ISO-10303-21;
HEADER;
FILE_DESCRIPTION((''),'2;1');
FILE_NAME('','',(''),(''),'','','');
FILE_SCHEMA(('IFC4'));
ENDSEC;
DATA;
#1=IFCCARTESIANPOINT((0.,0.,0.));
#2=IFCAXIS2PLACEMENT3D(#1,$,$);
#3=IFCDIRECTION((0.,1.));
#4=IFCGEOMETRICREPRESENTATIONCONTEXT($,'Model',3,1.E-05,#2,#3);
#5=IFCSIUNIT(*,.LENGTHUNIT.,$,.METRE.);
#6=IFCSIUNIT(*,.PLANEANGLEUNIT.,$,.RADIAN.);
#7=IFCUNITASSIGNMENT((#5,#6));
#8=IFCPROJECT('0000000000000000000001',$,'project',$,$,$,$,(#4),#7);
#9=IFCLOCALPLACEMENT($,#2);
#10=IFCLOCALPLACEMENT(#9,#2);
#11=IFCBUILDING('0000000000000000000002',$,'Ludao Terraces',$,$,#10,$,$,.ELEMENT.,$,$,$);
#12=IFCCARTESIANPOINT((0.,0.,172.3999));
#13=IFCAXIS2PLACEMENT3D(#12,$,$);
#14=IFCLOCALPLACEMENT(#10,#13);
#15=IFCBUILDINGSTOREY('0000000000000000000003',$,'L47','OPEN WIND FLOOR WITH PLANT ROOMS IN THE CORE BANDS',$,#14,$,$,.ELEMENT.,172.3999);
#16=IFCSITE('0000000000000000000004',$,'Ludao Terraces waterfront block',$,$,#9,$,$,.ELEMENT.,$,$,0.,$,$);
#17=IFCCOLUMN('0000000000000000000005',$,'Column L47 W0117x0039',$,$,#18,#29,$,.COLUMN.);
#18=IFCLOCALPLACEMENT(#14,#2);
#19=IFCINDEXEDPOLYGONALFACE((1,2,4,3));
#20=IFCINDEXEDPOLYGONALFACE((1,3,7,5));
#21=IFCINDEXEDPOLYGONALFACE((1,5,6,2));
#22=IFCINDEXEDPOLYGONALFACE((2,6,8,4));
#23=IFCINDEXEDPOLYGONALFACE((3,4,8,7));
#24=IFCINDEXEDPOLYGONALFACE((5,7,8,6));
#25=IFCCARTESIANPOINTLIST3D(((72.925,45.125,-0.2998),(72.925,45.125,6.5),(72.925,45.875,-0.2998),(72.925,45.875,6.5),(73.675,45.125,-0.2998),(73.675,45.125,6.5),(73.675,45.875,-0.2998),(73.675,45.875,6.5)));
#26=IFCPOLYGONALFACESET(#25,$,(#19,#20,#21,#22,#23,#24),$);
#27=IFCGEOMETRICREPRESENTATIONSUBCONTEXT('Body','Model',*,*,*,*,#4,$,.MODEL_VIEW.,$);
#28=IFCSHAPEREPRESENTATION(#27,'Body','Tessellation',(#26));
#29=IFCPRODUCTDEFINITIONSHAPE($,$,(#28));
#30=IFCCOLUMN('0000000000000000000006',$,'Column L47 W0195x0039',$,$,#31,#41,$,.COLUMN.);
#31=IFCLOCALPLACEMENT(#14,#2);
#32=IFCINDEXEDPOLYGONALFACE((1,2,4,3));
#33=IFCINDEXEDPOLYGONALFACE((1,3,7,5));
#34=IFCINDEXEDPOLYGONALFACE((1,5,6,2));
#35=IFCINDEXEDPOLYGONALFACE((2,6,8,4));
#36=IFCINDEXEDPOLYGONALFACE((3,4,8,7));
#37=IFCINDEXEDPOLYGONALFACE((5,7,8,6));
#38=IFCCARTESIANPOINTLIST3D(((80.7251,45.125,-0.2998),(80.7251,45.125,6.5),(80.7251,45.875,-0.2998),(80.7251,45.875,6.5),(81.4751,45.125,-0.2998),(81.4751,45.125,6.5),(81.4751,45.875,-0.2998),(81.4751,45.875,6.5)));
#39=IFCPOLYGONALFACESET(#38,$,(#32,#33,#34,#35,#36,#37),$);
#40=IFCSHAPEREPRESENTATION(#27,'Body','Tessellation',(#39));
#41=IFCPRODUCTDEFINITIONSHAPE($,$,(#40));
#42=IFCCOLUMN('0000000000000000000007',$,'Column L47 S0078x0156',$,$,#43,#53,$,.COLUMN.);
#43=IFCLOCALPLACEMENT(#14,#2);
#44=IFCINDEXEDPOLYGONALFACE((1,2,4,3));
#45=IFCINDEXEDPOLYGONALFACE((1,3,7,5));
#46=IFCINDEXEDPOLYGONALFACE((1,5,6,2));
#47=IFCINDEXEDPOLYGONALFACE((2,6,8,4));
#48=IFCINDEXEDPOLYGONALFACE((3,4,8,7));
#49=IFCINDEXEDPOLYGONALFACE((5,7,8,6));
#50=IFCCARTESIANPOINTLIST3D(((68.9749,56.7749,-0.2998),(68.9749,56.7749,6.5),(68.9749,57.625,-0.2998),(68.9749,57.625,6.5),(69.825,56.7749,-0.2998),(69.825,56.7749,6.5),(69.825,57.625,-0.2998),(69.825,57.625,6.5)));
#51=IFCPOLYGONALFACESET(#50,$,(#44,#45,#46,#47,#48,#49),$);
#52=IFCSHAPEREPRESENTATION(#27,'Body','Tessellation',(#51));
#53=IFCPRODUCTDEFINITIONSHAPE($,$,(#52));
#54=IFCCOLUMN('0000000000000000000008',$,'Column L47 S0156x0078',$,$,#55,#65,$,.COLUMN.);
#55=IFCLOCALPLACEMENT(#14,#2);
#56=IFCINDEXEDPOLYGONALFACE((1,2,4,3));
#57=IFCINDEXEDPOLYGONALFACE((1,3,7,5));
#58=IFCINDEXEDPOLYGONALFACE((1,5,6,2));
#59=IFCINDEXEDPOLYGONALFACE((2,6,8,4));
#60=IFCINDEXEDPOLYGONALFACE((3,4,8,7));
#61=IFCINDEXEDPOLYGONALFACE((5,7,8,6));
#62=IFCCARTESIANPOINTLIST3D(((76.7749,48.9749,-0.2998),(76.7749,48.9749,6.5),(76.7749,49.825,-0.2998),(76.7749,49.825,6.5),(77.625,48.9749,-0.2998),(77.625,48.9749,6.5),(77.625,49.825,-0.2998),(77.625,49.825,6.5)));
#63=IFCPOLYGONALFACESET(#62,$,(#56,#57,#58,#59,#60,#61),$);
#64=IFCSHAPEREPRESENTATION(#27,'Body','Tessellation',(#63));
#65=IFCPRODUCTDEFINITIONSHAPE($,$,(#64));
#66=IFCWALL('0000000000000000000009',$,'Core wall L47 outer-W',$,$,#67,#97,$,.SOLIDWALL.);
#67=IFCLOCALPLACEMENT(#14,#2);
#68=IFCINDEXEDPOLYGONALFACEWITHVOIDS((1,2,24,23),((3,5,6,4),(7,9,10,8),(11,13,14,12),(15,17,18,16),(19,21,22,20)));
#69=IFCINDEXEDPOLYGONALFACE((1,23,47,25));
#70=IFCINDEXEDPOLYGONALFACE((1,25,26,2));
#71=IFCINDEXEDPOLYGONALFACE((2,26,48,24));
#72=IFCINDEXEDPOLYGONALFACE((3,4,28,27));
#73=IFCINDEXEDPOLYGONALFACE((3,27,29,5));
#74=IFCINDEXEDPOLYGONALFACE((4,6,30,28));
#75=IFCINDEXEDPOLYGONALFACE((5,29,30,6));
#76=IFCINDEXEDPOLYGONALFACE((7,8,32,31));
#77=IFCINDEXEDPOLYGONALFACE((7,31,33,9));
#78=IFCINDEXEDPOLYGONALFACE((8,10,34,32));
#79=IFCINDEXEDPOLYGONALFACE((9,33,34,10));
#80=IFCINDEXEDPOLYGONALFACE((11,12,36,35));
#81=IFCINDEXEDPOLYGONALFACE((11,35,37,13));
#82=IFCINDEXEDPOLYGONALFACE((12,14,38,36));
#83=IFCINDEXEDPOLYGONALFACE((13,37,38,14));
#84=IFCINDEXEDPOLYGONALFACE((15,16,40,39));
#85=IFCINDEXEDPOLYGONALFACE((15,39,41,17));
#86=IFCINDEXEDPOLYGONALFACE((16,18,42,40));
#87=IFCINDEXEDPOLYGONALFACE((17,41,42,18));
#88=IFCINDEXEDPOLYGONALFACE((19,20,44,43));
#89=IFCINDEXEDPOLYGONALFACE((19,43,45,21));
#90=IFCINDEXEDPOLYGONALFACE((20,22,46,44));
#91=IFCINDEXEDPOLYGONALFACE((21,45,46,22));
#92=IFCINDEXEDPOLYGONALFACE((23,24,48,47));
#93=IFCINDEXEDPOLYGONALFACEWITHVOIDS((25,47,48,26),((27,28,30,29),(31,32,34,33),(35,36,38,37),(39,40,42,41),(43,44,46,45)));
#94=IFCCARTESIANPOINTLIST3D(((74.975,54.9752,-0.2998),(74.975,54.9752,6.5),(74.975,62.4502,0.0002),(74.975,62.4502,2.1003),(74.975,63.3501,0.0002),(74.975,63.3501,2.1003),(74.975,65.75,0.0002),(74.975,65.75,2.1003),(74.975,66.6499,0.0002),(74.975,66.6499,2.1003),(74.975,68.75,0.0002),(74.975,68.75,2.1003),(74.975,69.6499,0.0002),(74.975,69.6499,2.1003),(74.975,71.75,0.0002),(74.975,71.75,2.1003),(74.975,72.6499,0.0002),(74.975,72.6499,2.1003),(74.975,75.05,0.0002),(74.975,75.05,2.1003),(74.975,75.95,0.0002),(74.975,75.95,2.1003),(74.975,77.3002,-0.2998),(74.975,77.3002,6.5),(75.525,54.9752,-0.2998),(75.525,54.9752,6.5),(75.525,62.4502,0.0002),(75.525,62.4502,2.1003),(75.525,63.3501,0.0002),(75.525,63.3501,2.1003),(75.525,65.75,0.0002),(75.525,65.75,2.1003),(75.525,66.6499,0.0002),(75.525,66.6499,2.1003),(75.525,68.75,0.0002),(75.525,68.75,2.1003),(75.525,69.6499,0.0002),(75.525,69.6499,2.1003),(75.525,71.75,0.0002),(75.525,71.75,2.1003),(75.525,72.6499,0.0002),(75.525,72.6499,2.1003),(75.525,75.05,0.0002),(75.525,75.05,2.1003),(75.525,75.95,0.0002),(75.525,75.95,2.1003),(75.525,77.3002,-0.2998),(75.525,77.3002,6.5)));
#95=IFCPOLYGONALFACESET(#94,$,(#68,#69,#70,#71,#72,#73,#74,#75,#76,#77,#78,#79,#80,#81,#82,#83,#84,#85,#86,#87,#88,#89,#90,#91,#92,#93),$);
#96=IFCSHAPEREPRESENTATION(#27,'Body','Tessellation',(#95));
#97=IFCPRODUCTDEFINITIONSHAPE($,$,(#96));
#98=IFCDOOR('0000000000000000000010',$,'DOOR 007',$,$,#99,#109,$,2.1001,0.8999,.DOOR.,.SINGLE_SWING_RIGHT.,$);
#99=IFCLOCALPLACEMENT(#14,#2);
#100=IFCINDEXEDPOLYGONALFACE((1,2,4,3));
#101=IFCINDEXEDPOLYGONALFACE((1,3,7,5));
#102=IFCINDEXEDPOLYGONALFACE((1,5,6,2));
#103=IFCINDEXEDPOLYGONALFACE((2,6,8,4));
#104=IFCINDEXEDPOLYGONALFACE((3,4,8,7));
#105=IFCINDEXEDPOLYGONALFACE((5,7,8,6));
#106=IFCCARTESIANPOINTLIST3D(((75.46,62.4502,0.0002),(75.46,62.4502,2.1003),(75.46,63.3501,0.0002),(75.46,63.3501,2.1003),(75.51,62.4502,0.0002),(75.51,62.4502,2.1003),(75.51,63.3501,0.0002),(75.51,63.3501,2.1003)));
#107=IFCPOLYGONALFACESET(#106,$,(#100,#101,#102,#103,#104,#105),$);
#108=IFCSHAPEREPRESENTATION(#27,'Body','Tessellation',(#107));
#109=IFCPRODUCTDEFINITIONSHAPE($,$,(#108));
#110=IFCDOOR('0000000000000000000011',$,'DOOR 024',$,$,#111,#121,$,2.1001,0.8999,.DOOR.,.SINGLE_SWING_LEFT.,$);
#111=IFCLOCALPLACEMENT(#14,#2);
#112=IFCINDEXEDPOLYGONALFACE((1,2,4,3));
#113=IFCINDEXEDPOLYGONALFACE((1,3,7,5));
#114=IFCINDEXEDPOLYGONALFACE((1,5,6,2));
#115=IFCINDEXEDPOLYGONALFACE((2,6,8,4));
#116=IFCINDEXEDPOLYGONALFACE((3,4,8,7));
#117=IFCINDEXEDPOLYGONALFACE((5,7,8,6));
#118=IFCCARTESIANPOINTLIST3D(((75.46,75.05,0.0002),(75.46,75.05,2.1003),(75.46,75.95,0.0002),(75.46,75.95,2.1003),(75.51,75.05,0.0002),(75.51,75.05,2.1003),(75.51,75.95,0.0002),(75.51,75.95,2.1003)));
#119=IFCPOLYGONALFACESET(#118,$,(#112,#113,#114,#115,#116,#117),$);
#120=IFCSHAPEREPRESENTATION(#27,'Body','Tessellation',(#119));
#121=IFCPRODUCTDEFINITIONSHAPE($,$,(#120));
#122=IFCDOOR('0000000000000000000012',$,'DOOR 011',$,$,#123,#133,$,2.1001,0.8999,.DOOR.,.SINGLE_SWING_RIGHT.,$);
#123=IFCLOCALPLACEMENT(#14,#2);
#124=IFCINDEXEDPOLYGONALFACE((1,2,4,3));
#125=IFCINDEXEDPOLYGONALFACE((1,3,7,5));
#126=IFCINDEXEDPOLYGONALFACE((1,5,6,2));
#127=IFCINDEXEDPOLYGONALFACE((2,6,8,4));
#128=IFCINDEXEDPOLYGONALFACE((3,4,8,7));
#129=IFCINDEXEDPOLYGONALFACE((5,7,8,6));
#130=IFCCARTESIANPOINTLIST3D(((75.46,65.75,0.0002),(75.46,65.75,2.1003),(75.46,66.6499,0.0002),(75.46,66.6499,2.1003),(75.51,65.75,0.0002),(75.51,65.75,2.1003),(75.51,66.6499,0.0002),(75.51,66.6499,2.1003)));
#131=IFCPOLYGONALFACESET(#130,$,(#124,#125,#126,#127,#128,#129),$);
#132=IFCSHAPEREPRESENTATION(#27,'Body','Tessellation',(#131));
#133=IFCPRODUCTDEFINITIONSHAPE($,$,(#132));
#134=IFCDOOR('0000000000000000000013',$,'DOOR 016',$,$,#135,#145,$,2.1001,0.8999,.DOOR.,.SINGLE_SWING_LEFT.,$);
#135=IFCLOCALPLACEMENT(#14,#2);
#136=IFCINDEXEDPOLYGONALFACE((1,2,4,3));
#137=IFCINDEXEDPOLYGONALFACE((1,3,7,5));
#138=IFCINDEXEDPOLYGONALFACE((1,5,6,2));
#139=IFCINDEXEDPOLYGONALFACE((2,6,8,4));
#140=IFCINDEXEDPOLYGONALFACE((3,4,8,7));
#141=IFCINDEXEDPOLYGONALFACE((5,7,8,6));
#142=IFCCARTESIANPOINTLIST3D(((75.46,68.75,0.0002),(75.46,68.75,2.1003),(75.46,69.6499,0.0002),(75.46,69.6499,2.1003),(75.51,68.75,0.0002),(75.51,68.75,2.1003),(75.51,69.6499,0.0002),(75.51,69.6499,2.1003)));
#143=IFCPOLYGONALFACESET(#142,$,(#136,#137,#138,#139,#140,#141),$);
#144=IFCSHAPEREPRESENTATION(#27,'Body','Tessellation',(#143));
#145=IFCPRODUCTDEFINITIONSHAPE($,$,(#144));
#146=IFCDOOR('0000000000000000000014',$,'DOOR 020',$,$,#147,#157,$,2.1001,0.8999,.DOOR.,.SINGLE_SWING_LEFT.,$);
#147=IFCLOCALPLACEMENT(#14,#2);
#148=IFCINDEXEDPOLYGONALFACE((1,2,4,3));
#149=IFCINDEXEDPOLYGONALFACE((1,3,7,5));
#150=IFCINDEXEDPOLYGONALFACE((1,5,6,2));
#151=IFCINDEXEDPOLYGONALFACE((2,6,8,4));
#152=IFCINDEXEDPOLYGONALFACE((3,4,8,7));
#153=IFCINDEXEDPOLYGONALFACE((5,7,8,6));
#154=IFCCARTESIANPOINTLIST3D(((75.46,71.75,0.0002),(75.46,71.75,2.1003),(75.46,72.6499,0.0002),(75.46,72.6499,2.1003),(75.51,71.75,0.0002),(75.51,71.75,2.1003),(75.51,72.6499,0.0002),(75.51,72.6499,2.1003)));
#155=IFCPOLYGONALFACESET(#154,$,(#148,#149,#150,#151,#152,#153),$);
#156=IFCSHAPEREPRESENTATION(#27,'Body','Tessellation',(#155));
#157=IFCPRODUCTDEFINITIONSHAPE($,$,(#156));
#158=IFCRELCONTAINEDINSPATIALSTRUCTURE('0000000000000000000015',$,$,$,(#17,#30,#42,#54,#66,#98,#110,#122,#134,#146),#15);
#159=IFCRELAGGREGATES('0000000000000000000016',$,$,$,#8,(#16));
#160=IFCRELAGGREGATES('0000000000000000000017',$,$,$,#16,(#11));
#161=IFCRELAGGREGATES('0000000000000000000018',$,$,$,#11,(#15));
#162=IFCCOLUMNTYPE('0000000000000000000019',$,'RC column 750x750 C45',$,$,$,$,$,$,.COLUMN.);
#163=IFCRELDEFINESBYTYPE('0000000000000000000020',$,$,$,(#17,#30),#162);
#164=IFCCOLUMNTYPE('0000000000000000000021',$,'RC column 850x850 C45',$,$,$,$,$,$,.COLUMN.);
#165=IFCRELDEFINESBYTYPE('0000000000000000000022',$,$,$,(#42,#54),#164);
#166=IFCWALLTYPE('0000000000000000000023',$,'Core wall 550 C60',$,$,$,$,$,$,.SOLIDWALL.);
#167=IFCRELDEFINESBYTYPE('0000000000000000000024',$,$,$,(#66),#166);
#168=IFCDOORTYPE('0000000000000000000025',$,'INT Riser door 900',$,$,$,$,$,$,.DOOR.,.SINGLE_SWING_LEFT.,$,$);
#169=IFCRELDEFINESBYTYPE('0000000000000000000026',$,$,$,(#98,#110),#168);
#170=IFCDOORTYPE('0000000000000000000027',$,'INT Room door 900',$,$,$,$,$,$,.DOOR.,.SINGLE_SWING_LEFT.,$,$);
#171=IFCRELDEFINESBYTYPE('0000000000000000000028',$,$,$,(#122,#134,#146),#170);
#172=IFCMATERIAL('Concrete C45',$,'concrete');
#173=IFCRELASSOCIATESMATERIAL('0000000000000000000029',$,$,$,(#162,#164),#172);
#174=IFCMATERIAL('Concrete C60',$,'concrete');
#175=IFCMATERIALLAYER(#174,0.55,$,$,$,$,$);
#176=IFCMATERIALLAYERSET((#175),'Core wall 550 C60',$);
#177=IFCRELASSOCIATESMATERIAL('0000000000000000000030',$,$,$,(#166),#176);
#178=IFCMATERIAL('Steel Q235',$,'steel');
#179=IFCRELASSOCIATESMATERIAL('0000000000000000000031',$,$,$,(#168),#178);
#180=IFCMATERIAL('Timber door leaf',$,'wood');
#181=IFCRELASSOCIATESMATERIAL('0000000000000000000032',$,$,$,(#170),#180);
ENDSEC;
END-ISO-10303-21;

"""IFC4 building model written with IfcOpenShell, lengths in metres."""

from ifc_helpers import new_model, si_unit, direction, frame, frame_2d, origin, origin_2d, place, context, subcontext, project, spatial, rectangle, extrude, material, layer, layer_set, material_profile, profile_set, type_object, element, fill, save


model = new_model("IFC4")

# Units and contexts
model_context = context("Model", 3, precision=1e-05, world=origin(), true_north=direction((0.0, 1.0)))
body_context = subcontext(model_context, "Body", "Model", "MODEL_VIEW")
ifc_project = project(units=[si_unit("LENGTHUNIT", "METRE"), si_unit("PLANEANGLEUNIT", "RADIAN")], contexts=[model_context])

# Site, building, storey
site_placement = place(None, origin())
site = spatial("IfcSite", under=ifc_project, at=site_placement, Name="Ludao Terraces waterfront block", CompositionType="ELEMENT", RefElevation=0.0)
building_placement = place(site_placement, origin())
building = spatial("IfcBuilding", under=site, at=building_placement, Name="Ludao Terraces", CompositionType="ELEMENT")
storey_placement = place(building_placement, frame((0.0, 0.0, 172.3999)))
storey = spatial("IfcBuildingStorey", under=building, at=storey_placement, Name="L47", Description="OPEN WIND FLOOR WITH PLANT ROOMS IN THE CORE BANDS", CompositionType="ELEMENT", Elevation=172.3999)

# Columns
ifc_material_1 = material(Name="Concrete C45", Category="concrete")
ifc_material_profile_1 = material_profile(ifc_material_1, rectangle(XDim=0.75, YDim=0.75, at=origin_2d()), Name="750 X 750")
ifc_profile_set_1 = profile_set([ifc_material_profile_1], Name="Concrete C45")
column_type_1 = type_object("IfcColumnType", Name="RC column 750x750 C45", PredefinedType="COLUMN", material=ifc_profile_set_1)
for number, where, z_axis, x_axis, name in (
    (1, (73.3, 45.5, -0.2998), (0.0, 0.0, 1.0), (1.0, 0.0, 0.0), "Column L47 W0117x0039"),
    (2, (81.1001, 45.5, -0.2998), (0.0, 0.0, 1.0), (1.0, 0.0, 0.0), "Column L47 W0195x0039"),
):
    element("IfcColumn", number, at=place(storey_placement, frame(where, z_axis=z_axis, x_axis=x_axis)), inside=storey, type_object=column_type_1, Name=name, PredefinedType="COLUMN", context=body_context, shape_type="SweptSolid", body=[
        extrude(rectangle(XDim=0.75, YDim=0.75, at=origin_2d()), origin(), (0.0, 0.0, 1.0), 6.7998),
    ])
ifc_material_profile_2 = material_profile(ifc_material_1, rectangle(XDim=0.8501, YDim=0.8501, at=origin_2d()), Name="850 X 850")
ifc_profile_set_2 = profile_set([ifc_material_profile_2], Name="Concrete C45")
column_type_2 = type_object("IfcColumnType", Name="RC column 850x850 C45", PredefinedType="COLUMN", material=ifc_profile_set_2)
for number, where, z_axis, x_axis, name in (
    (3, (69.3999, 57.2, -0.2998), (0.0, 0.0, 1.0), (1.0, 0.0, 0.0), "Column L47 S0078x0156"),
    (4, (77.2, 49.3999, -0.2998), (0.0, 0.0, 1.0), (1.0, 0.0, 0.0), "Column L47 S0156x0078"),
):
    element("IfcColumn", number, at=place(storey_placement, frame(where, z_axis=z_axis, x_axis=x_axis)), inside=storey, type_object=column_type_2, Name=name, PredefinedType="COLUMN", context=body_context, shape_type="SweptSolid", body=[
        extrude(rectangle(XDim=0.8501, YDim=0.8501, at=origin_2d()), origin(), (0.0, 0.0, 1.0), 6.7998),
    ])

# Wall, openings, doors
ifc_material_2 = material(Name="Concrete C60", Category="concrete")
ifc_layer_1 = layer(ifc_material_2, 0.55)
ifc_layer_set_1 = layer_set([ifc_layer_1], Name="Core wall 550 C60")
wall_type_1 = type_object("IfcWallType", Name="Core wall 550 C60", PredefinedType="SOLIDWALL", material=ifc_layer_set_1)
wall_1_placement = place(storey_placement, frame((75.25, 54.9751, -0.2998), z_axis=(0.0, 0.0, 1.0), x_axis=(0.0, 1.0, 0.0)))
wall_1 = element("IfcWall", 5, at=wall_1_placement, inside=storey, type_object=wall_type_1, Name="Core wall L47 outer-W", PredefinedType="SOLIDWALL", context=body_context, shape_type="SweptSolid", body=[
    extrude(rectangle(XDim=22.325, YDim=0.55, at=frame_2d((11.1626, 0.0))), origin(), (0.0, 0.0, 1.0), 6.7998),
])
opening_1_placement = place(wall_1_placement, frame((7.4751, 0.0, 0.3)))
opening_1 = element("IfcOpeningElement", 6, at=opening_1_placement, cuts=wall_1, PredefinedType="OPENING", context=body_context, shape_type="SweptSolid", body=[
    extrude(rectangle(XDim=0.8999, YDim=2.1001, at=frame_2d((0.45, 1.05))), frame((0.0, 0.2852, 0.0), z_axis=(0.0, -1.0, 0.0), x_axis=(1.0, 0.0, 0.0)), (0.0, 0.0, 1.0), 0.5701),
])
opening_2_placement = place(wall_1_placement, frame((10.7749, 0.0, 0.3)))
opening_2 = element("IfcOpeningElement", 7, at=opening_2_placement, cuts=wall_1, PredefinedType="OPENING", context=body_context, shape_type="SweptSolid", body=[
    extrude(rectangle(XDim=0.8999, YDim=2.1001, at=frame_2d((0.45, 1.05))), frame((0.0, 0.2852, 0.0), z_axis=(0.0, -1.0, 0.0), x_axis=(1.0, 0.0, 0.0)), (0.0, 0.0, 1.0), 0.5701),
])
opening_3_placement = place(wall_1_placement, frame((13.7749, 0.0, 0.3)))
opening_3 = element("IfcOpeningElement", 8, at=opening_3_placement, cuts=wall_1, PredefinedType="OPENING", context=body_context, shape_type="SweptSolid", body=[
    extrude(rectangle(XDim=0.8999, YDim=2.1001, at=frame_2d((0.45, 1.05))), frame((0.0, 0.2852, 0.0), z_axis=(0.0, -1.0, 0.0), x_axis=(1.0, 0.0, 0.0)), (0.0, 0.0, 1.0), 0.5701),
])
opening_4_placement = place(wall_1_placement, frame((16.7749, 0.0, 0.3)))
opening_4 = element("IfcOpeningElement", 9, at=opening_4_placement, cuts=wall_1, PredefinedType="OPENING", context=body_context, shape_type="SweptSolid", body=[
    extrude(rectangle(XDim=0.8999, YDim=2.1001, at=frame_2d((0.45, 1.05))), frame((0.0, 0.2852, 0.0), z_axis=(0.0, -1.0, 0.0), x_axis=(1.0, 0.0, 0.0)), (0.0, 0.0, 1.0), 0.5701),
])
opening_5_placement = place(wall_1_placement, frame((20.075, 0.0, 0.3)))
opening_5 = element("IfcOpeningElement", 10, at=opening_5_placement, cuts=wall_1, PredefinedType="OPENING", context=body_context, shape_type="SweptSolid", body=[
    extrude(rectangle(XDim=0.8999, YDim=2.1001, at=frame_2d((0.45, 1.05))), frame((0.0, 0.2852, 0.0), z_axis=(0.0, -1.0, 0.0), x_axis=(1.0, 0.0, 0.0)), (0.0, 0.0, 1.0), 0.5701),
])
ifc_material_3 = material(Name="Steel Q235", Category="steel")
door_type_1 = type_object("IfcDoorType", Name="INT Riser door 900", OperationType="SINGLE_SWING_LEFT", PredefinedType="DOOR", material=ifc_material_3)
door_1_placement = place(opening_1_placement, origin())
door_1 = element("IfcDoor", 11, at=door_1_placement, inside=storey, type_object=door_type_1, Name="DOOR 007", OperationType="SINGLE_SWING_RIGHT", OverallHeight=2.1001, OverallWidth=0.8999, PredefinedType="DOOR", context=body_context, shape_type="SweptSolid", body=[
    extrude(rectangle(XDim=0.8999, YDim=2.1001, at=frame_2d((0.45, 1.05))), frame((0.0, -0.21, 0.0), z_axis=(0.0, -1.0, 0.0), x_axis=(1.0, 0.0, 0.0)), (0.0, 0.0, 1.0), 0.05),
])
fill(opening_1, door_1)
door_2_placement = place(opening_5_placement, origin())
door_2 = element("IfcDoor", 12, at=door_2_placement, inside=storey, type_object=door_type_1, Name="DOOR 024", OperationType="SINGLE_SWING_LEFT", OverallHeight=2.1001, OverallWidth=0.8999, PredefinedType="DOOR", context=body_context, shape_type="SweptSolid", body=[
    extrude(rectangle(XDim=0.8999, YDim=2.1001, at=frame_2d((0.45, 1.05))), frame((0.0, -0.21, 0.0), z_axis=(0.0, -1.0, 0.0), x_axis=(1.0, 0.0, 0.0)), (0.0, 0.0, 1.0), 0.05),
])
fill(opening_5, door_2)
ifc_material_4 = material(Name="Timber door leaf", Category="wood")
door_type_2 = type_object("IfcDoorType", Name="INT Room door 900", OperationType="SINGLE_SWING_LEFT", PredefinedType="DOOR", material=ifc_material_4)
door_3_placement = place(opening_2_placement, origin())
door_3 = element("IfcDoor", 13, at=door_3_placement, inside=storey, type_object=door_type_2, Name="DOOR 011", OperationType="SINGLE_SWING_RIGHT", OverallHeight=2.1001, OverallWidth=0.8999, PredefinedType="DOOR", context=body_context, shape_type="SweptSolid", body=[
    extrude(rectangle(XDim=0.8999, YDim=2.1001, at=frame_2d((0.45, 1.05))), frame((0.0, -0.21, 0.0), z_axis=(0.0, -1.0, 0.0), x_axis=(1.0, 0.0, 0.0)), (0.0, 0.0, 1.0), 0.05),
])
fill(opening_2, door_3)
door_4_placement = place(opening_3_placement, origin())
door_4 = element("IfcDoor", 14, at=door_4_placement, inside=storey, type_object=door_type_2, Name="DOOR 016", OperationType="SINGLE_SWING_LEFT", OverallHeight=2.1001, OverallWidth=0.8999, PredefinedType="DOOR", context=body_context, shape_type="SweptSolid", body=[
    extrude(rectangle(XDim=0.8999, YDim=2.1001, at=frame_2d((0.45, 1.05))), frame((0.0, -0.21, 0.0), z_axis=(0.0, -1.0, 0.0), x_axis=(1.0, 0.0, 0.0)), (0.0, 0.0, 1.0), 0.05),
])
fill(opening_3, door_4)
door_5_placement = place(opening_4_placement, origin())
door_5 = element("IfcDoor", 15, at=door_5_placement, inside=storey, type_object=door_type_2, Name="DOOR 020", OperationType="SINGLE_SWING_LEFT", OverallHeight=2.1001, OverallWidth=0.8999, PredefinedType="DOOR", context=body_context, shape_type="SweptSolid", body=[
    extrude(rectangle(XDim=0.8999, YDim=2.1001, at=frame_2d((0.45, 1.05))), frame((0.0, -0.21, 0.0), z_axis=(0.0, -1.0, 0.0), x_axis=(1.0, 0.0, 0.0)), (0.0, 0.0, 1.0), 0.05),
])
fill(opening_4, door_5)

save(model, "model.ifc")
